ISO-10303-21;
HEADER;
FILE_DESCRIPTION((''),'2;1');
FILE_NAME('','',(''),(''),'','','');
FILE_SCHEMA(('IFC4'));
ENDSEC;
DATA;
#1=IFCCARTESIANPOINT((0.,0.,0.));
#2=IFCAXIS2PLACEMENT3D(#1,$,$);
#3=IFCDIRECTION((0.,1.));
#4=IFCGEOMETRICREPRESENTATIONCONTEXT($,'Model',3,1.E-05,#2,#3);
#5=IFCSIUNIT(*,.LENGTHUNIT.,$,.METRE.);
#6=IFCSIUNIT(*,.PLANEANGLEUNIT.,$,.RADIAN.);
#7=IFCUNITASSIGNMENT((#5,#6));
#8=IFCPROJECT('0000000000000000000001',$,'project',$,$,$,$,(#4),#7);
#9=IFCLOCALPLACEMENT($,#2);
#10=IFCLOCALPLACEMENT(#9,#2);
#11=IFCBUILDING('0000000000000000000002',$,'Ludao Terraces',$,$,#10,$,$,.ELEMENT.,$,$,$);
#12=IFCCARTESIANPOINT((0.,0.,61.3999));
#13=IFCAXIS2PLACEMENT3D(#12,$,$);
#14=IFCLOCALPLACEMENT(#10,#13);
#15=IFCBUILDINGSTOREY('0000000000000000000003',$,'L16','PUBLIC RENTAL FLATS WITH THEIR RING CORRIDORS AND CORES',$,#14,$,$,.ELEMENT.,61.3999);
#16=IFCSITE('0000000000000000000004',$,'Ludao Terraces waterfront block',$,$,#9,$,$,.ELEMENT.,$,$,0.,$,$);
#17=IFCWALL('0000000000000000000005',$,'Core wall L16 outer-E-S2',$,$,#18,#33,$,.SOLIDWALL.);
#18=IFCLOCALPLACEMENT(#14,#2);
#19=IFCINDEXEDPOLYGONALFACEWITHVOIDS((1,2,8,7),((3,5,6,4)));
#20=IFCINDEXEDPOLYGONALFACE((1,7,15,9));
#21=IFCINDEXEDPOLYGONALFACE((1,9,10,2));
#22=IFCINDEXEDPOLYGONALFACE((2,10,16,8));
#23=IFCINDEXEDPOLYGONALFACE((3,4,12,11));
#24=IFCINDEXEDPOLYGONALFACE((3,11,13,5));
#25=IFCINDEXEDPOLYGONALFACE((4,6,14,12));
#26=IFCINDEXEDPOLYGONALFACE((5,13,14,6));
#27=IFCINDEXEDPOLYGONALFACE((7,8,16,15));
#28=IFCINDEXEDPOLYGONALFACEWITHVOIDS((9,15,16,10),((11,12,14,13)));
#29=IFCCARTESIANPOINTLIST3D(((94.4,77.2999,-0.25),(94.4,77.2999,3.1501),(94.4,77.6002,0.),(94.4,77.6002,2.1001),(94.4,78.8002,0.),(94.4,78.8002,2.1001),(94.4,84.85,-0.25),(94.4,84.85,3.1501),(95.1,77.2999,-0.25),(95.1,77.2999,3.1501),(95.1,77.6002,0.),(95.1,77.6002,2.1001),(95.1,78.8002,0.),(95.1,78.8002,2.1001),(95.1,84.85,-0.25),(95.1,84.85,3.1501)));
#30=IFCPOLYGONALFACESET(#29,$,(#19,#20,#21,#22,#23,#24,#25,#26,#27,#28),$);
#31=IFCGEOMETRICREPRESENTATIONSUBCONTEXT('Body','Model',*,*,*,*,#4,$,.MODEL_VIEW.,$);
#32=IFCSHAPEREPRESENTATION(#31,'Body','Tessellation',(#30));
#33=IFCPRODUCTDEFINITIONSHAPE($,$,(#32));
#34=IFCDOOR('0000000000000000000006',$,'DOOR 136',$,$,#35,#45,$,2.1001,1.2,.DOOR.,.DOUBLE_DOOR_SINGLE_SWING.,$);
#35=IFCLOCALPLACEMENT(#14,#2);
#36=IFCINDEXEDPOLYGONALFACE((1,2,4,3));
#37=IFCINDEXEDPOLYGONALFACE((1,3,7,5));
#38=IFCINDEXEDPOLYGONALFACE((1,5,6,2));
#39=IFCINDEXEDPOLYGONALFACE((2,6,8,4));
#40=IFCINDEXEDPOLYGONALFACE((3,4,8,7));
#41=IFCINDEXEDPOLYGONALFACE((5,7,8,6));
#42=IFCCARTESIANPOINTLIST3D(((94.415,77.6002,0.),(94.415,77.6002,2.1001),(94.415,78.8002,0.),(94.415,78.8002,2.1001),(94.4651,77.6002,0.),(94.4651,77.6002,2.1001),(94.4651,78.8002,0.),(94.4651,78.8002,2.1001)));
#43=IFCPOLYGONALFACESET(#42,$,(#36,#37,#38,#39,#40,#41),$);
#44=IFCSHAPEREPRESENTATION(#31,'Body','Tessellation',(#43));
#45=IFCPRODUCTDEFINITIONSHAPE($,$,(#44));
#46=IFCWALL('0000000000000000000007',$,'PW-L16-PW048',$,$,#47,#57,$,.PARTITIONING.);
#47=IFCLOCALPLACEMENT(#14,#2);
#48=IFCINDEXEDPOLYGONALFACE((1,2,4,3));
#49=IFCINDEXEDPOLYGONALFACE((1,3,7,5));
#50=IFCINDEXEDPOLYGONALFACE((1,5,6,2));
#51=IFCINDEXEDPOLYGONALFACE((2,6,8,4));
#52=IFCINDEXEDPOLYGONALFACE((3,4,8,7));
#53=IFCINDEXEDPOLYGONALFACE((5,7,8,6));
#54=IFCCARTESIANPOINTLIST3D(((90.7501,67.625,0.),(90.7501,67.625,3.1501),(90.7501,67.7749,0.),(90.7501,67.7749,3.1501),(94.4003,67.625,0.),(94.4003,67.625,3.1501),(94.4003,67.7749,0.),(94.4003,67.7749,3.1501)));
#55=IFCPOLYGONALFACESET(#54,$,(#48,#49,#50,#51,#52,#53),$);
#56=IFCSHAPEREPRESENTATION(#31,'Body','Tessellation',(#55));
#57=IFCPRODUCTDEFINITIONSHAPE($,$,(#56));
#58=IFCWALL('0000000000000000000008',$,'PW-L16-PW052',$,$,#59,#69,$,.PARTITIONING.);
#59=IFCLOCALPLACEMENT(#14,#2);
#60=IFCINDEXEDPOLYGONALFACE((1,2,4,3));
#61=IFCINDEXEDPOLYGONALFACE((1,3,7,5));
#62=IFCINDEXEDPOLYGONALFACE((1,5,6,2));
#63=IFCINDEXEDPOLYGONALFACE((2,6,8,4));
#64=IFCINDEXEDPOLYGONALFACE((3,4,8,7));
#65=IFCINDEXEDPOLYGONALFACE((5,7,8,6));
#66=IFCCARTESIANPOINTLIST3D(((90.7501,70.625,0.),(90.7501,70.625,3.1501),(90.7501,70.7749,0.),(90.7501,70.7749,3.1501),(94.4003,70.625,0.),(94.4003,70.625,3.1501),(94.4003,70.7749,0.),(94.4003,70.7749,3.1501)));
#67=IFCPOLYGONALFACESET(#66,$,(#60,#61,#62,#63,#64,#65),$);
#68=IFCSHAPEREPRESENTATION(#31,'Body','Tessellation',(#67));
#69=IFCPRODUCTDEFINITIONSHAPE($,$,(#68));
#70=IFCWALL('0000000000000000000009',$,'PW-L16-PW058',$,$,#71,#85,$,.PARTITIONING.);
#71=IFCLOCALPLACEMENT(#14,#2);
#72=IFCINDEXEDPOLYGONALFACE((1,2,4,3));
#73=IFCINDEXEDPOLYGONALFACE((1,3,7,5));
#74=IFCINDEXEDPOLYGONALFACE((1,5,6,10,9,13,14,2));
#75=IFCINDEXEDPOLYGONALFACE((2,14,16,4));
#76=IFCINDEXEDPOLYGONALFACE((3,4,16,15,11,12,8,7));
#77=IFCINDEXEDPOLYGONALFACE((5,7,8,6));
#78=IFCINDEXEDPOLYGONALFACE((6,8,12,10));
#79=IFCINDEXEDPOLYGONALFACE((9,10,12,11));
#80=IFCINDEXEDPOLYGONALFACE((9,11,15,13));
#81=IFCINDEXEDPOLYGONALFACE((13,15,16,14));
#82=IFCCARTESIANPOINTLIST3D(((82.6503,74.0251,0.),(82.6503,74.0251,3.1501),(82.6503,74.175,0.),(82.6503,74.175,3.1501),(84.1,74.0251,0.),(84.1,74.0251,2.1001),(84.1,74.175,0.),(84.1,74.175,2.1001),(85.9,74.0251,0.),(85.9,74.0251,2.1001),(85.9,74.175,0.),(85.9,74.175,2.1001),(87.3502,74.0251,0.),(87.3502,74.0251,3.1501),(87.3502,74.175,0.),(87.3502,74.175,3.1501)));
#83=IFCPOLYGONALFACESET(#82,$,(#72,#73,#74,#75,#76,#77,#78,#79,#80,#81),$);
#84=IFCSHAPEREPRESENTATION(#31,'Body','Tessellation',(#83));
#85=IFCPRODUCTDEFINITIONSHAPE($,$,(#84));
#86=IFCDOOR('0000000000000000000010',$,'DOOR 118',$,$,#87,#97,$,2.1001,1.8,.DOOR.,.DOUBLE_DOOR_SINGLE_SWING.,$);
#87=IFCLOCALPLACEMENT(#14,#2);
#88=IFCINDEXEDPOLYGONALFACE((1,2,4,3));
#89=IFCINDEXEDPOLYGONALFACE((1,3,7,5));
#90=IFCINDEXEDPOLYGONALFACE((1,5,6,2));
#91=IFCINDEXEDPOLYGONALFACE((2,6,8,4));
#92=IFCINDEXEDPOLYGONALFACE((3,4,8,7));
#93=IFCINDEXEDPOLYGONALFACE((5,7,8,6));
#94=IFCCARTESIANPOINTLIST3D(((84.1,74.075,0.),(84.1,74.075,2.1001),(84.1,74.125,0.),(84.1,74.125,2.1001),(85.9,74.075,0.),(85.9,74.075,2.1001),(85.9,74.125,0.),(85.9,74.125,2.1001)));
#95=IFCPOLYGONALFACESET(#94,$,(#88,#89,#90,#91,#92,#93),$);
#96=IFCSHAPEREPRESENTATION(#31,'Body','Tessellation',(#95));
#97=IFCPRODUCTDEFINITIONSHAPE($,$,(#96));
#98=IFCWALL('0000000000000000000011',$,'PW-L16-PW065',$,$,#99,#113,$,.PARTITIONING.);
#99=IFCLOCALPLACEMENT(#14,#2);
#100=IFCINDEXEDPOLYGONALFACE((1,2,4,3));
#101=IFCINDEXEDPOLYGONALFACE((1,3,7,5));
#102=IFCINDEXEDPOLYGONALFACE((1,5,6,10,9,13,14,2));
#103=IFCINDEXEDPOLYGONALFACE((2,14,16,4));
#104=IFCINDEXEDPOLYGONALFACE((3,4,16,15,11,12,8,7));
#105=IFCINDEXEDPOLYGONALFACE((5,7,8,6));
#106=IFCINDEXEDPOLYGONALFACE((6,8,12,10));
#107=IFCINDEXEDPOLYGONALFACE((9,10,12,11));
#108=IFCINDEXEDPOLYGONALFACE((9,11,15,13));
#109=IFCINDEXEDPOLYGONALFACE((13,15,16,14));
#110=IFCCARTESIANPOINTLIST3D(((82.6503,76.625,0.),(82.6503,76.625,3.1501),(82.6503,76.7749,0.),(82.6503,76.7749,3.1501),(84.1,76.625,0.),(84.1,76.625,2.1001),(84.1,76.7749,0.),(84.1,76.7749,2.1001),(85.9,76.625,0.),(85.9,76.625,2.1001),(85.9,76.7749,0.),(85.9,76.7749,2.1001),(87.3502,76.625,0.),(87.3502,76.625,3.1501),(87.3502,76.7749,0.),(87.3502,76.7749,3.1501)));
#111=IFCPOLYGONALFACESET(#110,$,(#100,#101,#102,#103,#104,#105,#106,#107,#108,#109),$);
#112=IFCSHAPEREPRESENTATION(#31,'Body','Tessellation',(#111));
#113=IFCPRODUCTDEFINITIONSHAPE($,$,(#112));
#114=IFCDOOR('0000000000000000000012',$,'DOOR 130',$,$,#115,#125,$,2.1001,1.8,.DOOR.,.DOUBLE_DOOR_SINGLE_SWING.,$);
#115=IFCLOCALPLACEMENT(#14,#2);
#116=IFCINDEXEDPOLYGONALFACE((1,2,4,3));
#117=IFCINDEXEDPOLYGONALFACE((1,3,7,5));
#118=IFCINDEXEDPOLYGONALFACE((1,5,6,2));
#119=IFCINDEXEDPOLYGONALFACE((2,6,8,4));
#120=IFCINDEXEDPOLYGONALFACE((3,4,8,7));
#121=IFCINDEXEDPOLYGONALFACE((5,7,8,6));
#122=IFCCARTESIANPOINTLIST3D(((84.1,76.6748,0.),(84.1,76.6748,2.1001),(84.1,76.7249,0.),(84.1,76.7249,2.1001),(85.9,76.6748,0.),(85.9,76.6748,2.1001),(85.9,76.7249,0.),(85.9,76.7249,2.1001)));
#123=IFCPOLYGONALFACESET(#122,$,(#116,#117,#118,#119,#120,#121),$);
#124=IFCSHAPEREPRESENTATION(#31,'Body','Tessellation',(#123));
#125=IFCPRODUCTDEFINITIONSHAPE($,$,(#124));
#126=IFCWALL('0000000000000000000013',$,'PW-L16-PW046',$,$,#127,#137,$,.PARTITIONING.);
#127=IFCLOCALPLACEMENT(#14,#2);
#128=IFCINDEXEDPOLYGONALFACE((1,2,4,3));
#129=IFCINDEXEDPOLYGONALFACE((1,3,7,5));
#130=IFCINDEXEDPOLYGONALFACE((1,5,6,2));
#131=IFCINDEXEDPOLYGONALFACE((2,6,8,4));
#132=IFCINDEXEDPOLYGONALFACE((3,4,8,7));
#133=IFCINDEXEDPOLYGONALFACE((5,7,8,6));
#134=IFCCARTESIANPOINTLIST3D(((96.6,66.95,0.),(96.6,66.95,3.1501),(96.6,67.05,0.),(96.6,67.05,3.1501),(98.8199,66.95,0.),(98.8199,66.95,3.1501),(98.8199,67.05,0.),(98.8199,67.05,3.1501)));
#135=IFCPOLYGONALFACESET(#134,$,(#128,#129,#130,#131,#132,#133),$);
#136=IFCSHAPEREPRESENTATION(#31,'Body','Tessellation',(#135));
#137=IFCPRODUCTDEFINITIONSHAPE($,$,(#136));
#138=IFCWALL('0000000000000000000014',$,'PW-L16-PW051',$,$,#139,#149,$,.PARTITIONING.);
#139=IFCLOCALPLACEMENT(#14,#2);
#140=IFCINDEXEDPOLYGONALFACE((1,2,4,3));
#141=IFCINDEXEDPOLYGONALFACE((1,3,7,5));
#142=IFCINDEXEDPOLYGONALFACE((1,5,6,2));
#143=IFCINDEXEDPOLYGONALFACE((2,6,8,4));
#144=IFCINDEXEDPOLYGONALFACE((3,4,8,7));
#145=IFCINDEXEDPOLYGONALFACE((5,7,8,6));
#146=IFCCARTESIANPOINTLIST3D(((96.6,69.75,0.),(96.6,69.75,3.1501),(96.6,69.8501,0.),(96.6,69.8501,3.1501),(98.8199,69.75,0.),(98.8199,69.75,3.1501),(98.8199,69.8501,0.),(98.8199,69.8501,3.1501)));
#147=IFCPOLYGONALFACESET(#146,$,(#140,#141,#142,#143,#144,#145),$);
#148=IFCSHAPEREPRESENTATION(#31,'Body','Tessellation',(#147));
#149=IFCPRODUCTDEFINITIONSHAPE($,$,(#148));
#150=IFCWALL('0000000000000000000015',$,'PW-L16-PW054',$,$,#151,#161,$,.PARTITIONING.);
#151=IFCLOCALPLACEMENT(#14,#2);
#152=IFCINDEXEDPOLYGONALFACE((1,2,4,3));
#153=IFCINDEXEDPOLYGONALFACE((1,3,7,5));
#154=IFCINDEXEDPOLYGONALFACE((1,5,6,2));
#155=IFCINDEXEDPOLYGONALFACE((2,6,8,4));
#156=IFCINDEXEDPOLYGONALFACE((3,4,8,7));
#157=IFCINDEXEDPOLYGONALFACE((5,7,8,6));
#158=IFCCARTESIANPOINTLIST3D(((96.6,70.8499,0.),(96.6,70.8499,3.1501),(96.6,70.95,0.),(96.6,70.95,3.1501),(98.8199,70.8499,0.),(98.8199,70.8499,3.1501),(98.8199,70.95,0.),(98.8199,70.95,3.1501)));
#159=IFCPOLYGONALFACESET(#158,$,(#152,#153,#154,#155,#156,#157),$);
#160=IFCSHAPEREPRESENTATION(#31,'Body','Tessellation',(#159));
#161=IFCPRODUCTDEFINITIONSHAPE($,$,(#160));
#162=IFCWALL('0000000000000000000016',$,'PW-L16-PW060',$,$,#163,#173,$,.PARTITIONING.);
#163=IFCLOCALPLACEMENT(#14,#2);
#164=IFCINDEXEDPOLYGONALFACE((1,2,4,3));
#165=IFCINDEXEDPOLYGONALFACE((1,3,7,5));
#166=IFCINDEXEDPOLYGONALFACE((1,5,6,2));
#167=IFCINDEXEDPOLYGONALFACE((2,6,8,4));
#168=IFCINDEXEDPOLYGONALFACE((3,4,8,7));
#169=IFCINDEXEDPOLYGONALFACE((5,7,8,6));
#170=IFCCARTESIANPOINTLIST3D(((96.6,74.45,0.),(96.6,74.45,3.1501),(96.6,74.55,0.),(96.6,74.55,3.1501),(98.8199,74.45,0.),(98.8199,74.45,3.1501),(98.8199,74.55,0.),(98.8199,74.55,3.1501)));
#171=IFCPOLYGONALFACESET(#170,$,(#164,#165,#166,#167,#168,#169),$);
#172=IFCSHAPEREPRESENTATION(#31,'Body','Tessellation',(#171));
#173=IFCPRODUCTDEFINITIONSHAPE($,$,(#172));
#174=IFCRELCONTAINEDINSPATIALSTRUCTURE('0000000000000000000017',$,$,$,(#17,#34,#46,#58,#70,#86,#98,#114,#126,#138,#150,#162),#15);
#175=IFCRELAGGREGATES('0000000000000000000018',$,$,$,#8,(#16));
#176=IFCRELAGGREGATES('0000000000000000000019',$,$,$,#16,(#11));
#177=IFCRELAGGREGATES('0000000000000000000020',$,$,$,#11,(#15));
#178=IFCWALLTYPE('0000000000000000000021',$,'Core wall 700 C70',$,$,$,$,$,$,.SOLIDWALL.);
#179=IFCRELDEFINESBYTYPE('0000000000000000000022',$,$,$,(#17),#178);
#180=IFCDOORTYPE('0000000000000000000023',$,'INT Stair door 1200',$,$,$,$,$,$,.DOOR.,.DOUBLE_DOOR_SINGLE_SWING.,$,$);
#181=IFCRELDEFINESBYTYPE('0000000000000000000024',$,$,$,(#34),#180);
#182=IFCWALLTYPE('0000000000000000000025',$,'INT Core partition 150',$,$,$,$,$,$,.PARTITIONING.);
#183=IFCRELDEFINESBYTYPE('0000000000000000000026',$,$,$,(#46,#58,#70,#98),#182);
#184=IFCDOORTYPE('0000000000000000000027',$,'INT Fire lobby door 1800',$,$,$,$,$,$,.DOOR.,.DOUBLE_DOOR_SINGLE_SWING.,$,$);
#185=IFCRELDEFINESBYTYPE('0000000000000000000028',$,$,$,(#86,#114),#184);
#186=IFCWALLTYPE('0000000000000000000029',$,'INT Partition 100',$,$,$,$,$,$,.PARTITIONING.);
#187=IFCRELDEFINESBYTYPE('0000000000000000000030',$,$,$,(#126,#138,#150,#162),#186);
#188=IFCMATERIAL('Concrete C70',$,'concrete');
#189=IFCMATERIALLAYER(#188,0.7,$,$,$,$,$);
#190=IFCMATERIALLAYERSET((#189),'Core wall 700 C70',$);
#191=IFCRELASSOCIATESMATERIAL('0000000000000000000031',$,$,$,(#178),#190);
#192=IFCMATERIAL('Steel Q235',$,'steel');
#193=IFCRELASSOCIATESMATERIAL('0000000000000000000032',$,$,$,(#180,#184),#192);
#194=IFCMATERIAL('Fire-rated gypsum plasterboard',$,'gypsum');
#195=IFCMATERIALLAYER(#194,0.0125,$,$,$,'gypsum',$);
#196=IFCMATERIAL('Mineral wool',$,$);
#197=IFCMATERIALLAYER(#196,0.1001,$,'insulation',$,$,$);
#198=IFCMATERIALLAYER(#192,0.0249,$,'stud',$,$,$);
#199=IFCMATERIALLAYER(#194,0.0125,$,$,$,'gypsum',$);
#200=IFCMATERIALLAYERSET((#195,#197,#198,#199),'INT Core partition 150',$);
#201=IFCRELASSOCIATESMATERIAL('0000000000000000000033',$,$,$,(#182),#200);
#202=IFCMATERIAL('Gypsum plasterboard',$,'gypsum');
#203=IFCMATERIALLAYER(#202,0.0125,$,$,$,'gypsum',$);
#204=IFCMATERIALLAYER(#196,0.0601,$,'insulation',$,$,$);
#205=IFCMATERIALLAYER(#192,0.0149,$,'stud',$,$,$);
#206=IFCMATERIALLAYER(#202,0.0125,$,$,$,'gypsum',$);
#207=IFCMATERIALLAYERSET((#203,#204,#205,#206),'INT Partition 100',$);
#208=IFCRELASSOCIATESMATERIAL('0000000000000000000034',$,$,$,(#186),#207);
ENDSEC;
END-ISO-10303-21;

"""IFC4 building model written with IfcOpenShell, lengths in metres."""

from ifc_helpers import new_model, si_unit, direction, frame, frame_2d, origin, place, context, subcontext, project, spatial, rectangle, extrude, material, layer, layer_set, type_object, element, fill, save


model = new_model("IFC4")

# Units and contexts
model_context = context("Model", 3, precision=1e-05, world=origin(), true_north=direction((0.0, 1.0)))
body_context = subcontext(model_context, "Body", "Model", "MODEL_VIEW")
ifc_project = project(units=[si_unit("LENGTHUNIT", "METRE"), si_unit("PLANEANGLEUNIT", "RADIAN")], contexts=[model_context])

# Site, building, storey
site_placement = place(None, origin())
site = spatial("IfcSite", under=ifc_project, at=site_placement, Name="Ludao Terraces waterfront block", CompositionType="ELEMENT", RefElevation=0.0)
building_placement = place(site_placement, origin())
building = spatial("IfcBuilding", under=site, at=building_placement, Name="Ludao Terraces", CompositionType="ELEMENT")
storey_placement = place(building_placement, frame((0.0, 0.0, 61.3999)))
storey = spatial("IfcBuildingStorey", under=building, at=storey_placement, Name="L16", Description="PUBLIC RENTAL FLATS WITH THEIR RING CORRIDORS AND CORES", CompositionType="ELEMENT", Elevation=61.3999)

# Wall, opening, door
ifc_material_1 = material(Name="Concrete C70", Category="concrete")
ifc_layer_1 = layer(ifc_material_1, 0.7)
ifc_layer_set_1 = layer_set([ifc_layer_1], Name="Core wall 700 C70")
wall_type_1 = type_object("IfcWallType", Name="Core wall 700 C70", PredefinedType="SOLIDWALL", material=ifc_layer_set_1)
wall_1_placement = place(storey_placement, frame((94.75, 77.3, -0.25), z_axis=(0.0, 0.0, 1.0), x_axis=(0.0, 1.0, 0.0)))
wall_1 = element("IfcWall", 1, at=wall_1_placement, inside=storey, type_object=wall_type_1, Name="Core wall L16 outer-E-S2", PredefinedType="SOLIDWALL", context=body_context, shape_type="SweptSolid", body=[
    extrude(rectangle(XDim=7.55, YDim=0.7, at=frame_2d((3.7749, 0.0))), origin(), (0.0, 0.0, 1.0), 3.4001),
])
opening_1_placement = place(wall_1_placement, frame((0.3, 0.0, 0.25)))
opening_1 = element("IfcOpeningElement", 2, at=opening_1_placement, cuts=wall_1, PredefinedType="OPENING", context=body_context, shape_type="SweptSolid", body=[
    extrude(rectangle(XDim=1.2, YDim=2.1001, at=frame_2d((0.6001, 1.05))), frame((0.0, 0.3599, 0.0), z_axis=(0.0, -1.0, 0.0), x_axis=(1.0, 0.0, 0.0)), (0.0, 0.0, 1.0), 0.72),
])
ifc_material_2 = material(Name="Steel Q235", Category="steel")
door_type_1 = type_object("IfcDoorType", Name="INT Stair door 1200", OperationType="DOUBLE_DOOR_SINGLE_SWING", PredefinedType="DOOR", material=ifc_material_2)
door_1_placement = place(opening_1_placement, origin())
door_1 = element("IfcDoor", 3, at=door_1_placement, inside=storey, type_object=door_type_1, Name="DOOR 136", OperationType="DOUBLE_DOOR_SINGLE_SWING", OverallHeight=2.1001, OverallWidth=1.2, PredefinedType="DOOR", context=body_context, shape_type="SweptSolid", body=[
    extrude(rectangle(XDim=1.2, YDim=2.1001, at=frame_2d((0.6001, 1.05))), frame((0.0, 0.335, 0.0), z_axis=(0.0, -1.0, 0.0), x_axis=(1.0, 0.0, 0.0)), (0.0, 0.0, 1.0), 0.05),
])
fill(opening_1, door_1)

# Walls
ifc_material_3 = material(Name="Fire-rated gypsum plasterboard", Category="gypsum")
ifc_layer_2 = layer(ifc_material_3, 0.0125, Category="gypsum")
ifc_material_4 = material(Name="Mineral wool")
ifc_layer_3 = layer(ifc_material_4, 0.1001, Name="insulation")
ifc_layer_4 = layer(ifc_material_2, 0.0249, Name="stud")
ifc_layer_5 = layer(ifc_material_3, 0.0125, Category="gypsum")
ifc_layer_set_2 = layer_set([ifc_layer_2, ifc_layer_3, ifc_layer_4, ifc_layer_5], Name="INT Core partition 150")
wall_type_2 = type_object("IfcWallType", Name="INT Core partition 150", PredefinedType="PARTITIONING", material=ifc_layer_set_2)
for number, where, z_axis, x_axis, name in (
    (4, (90.75, 67.7, 0.0), (0.0, 0.0, 1.0), (1.0, 0.0, 0.0), "PW-L16-PW048"),
    (5, (90.75, 70.7, 0.0), (0.0, 0.0, 1.0), (1.0, 0.0, 0.0), "PW-L16-PW052"),
):
    element("IfcWall", number, at=place(storey_placement, frame(where, z_axis=z_axis, x_axis=x_axis)), inside=storey, type_object=wall_type_2, Name=name, PredefinedType="PARTITIONING", context=body_context, shape_type="SweptSolid", body=[
        extrude(rectangle(XDim=3.6501, YDim=0.1499, at=frame_2d((1.8252, 0.0))), origin(), (0.0, 0.0, 1.0), 3.1501),
    ])

# Walls, openings, doors
wall_2_placement = place(storey_placement, frame((82.6501, 74.1001, 0.0), z_axis=(0.0, 0.0, 1.0), x_axis=(1.0, 0.0, 0.0)))
wall_2 = element("IfcWall", 6, at=wall_2_placement, inside=storey, type_object=wall_type_2, Name="PW-L16-PW058", PredefinedType="PARTITIONING", context=body_context, shape_type="SweptSolid", body=[
    extrude(rectangle(XDim=4.7, YDim=0.1499, at=frame_2d((2.3501, 0.0))), origin(), (0.0, 0.0, 1.0), 3.1501),
])
opening_2_placement = place(wall_2_placement, frame((1.45, 0.0, 0.0)))
opening_2 = element("IfcOpeningElement", 7, at=opening_2_placement, cuts=wall_2, PredefinedType="OPENING", context=body_context, shape_type="SweptSolid", body=[
    extrude(rectangle(XDim=1.8, YDim=2.1001, at=frame_2d((0.8999, 1.05))), frame((0.0, 0.085, 0.0), z_axis=(0.0, -1.0, 0.0), x_axis=(1.0, 0.0, 0.0)), (0.0, 0.0, 1.0), 0.1699),
])
door_type_2 = type_object("IfcDoorType", Name="INT Fire lobby door 1800", OperationType="DOUBLE_DOOR_SINGLE_SWING", PredefinedType="DOOR", material=ifc_material_2)
door_2_placement = place(opening_2_placement, origin())
door_2 = element("IfcDoor", 8, at=door_2_placement, inside=storey, type_object=door_type_2, Name="DOOR 118", OperationType="DOUBLE_DOOR_SINGLE_SWING", OverallHeight=2.1001, OverallWidth=1.8, PredefinedType="DOOR", context=body_context, shape_type="SweptSolid", body=[
    extrude(rectangle(XDim=1.8, YDim=2.1001, at=frame_2d((0.8999, 1.05))), frame((0.0, 0.0249, 0.0), z_axis=(0.0, -1.0, 0.0), x_axis=(1.0, 0.0, 0.0)), (0.0, 0.0, 1.0), 0.05),
])
fill(opening_2, door_2)
wall_3_placement = place(storey_placement, frame((82.6501, 76.7, 0.0), z_axis=(0.0, 0.0, 1.0), x_axis=(1.0, 0.0, 0.0)))
wall_3 = element("IfcWall", 9, at=wall_3_placement, inside=storey, type_object=wall_type_2, Name="PW-L16-PW065", PredefinedType="PARTITIONING", context=body_context, shape_type="SweptSolid", body=[
    extrude(rectangle(XDim=4.7, YDim=0.1499, at=frame_2d((2.3501, 0.0))), origin(), (0.0, 0.0, 1.0), 3.1501),
])
opening_3_placement = place(wall_3_placement, frame((1.45, 0.0, 0.0)))
opening_3 = element("IfcOpeningElement", 10, at=opening_3_placement, cuts=wall_3, PredefinedType="OPENING", context=body_context, shape_type="SweptSolid", body=[
    extrude(rectangle(XDim=1.8, YDim=2.1001, at=frame_2d((0.8999, 1.05))), frame((0.0, 0.085, 0.0), z_axis=(0.0, -1.0, 0.0), x_axis=(1.0, 0.0, 0.0)), (0.0, 0.0, 1.0), 0.1699),
])
door_3_placement = place(opening_3_placement, origin())
door_3 = element("IfcDoor", 11, at=door_3_placement, inside=storey, type_object=door_type_2, Name="DOOR 130", OperationType="DOUBLE_DOOR_SINGLE_SWING", OverallHeight=2.1001, OverallWidth=1.8, PredefinedType="DOOR", context=body_context, shape_type="SweptSolid", body=[
    extrude(rectangle(XDim=1.8, YDim=2.1001, at=frame_2d((0.8999, 1.05))), frame((0.0, 0.0249, 0.0), z_axis=(0.0, -1.0, 0.0), x_axis=(1.0, 0.0, 0.0)), (0.0, 0.0, 1.0), 0.05),
])
fill(opening_3, door_3)

# Walls
ifc_material_5 = material(Name="Gypsum plasterboard", Category="gypsum")
ifc_layer_6 = layer(ifc_material_5, 0.0125, Category="gypsum")
ifc_layer_7 = layer(ifc_material_4, 0.0601, Name="insulation")
ifc_layer_8 = layer(ifc_material_2, 0.0149, Name="stud")
ifc_layer_9 = layer(ifc_material_5, 0.0125, Category="gypsum")
ifc_layer_set_3 = layer_set([ifc_layer_6, ifc_layer_7, ifc_layer_8, ifc_layer_9], Name="INT Partition 100")
wall_type_3 = type_object("IfcWallType", Name="INT Partition 100", PredefinedType="PARTITIONING", material=ifc_layer_set_3)
for number, where, z_axis, x_axis, name in (
    (12, (96.6001, 67.0, 0.0), (0.0, 0.0, 1.0), (1.0, 0.0, 0.0), "PW-L16-PW046"),
    (13, (96.6001, 69.8, 0.0), (0.0, 0.0, 1.0), (1.0, 0.0, 0.0), "PW-L16-PW051"),
    (14, (96.6001, 70.8999, 0.0), (0.0, 0.0, 1.0), (1.0, 0.0, 0.0), "PW-L16-PW054"),
    (15, (96.6001, 74.5, 0.0), (0.0, 0.0, 1.0), (1.0, 0.0, 0.0), "PW-L16-PW060"),
):
    element("IfcWall", number, at=place(storey_placement, frame(where, z_axis=z_axis, x_axis=x_axis)), inside=storey, type_object=wall_type_3, Name=name, PredefinedType="PARTITIONING", context=body_context, shape_type="SweptSolid", body=[
        extrude(rectangle(XDim=2.22, YDim=0.1001, at=frame_2d((1.1099, 0.0))), origin(), (0.0, 0.0, 1.0), 3.1501),
    ])

save(model, "model.ifc")
